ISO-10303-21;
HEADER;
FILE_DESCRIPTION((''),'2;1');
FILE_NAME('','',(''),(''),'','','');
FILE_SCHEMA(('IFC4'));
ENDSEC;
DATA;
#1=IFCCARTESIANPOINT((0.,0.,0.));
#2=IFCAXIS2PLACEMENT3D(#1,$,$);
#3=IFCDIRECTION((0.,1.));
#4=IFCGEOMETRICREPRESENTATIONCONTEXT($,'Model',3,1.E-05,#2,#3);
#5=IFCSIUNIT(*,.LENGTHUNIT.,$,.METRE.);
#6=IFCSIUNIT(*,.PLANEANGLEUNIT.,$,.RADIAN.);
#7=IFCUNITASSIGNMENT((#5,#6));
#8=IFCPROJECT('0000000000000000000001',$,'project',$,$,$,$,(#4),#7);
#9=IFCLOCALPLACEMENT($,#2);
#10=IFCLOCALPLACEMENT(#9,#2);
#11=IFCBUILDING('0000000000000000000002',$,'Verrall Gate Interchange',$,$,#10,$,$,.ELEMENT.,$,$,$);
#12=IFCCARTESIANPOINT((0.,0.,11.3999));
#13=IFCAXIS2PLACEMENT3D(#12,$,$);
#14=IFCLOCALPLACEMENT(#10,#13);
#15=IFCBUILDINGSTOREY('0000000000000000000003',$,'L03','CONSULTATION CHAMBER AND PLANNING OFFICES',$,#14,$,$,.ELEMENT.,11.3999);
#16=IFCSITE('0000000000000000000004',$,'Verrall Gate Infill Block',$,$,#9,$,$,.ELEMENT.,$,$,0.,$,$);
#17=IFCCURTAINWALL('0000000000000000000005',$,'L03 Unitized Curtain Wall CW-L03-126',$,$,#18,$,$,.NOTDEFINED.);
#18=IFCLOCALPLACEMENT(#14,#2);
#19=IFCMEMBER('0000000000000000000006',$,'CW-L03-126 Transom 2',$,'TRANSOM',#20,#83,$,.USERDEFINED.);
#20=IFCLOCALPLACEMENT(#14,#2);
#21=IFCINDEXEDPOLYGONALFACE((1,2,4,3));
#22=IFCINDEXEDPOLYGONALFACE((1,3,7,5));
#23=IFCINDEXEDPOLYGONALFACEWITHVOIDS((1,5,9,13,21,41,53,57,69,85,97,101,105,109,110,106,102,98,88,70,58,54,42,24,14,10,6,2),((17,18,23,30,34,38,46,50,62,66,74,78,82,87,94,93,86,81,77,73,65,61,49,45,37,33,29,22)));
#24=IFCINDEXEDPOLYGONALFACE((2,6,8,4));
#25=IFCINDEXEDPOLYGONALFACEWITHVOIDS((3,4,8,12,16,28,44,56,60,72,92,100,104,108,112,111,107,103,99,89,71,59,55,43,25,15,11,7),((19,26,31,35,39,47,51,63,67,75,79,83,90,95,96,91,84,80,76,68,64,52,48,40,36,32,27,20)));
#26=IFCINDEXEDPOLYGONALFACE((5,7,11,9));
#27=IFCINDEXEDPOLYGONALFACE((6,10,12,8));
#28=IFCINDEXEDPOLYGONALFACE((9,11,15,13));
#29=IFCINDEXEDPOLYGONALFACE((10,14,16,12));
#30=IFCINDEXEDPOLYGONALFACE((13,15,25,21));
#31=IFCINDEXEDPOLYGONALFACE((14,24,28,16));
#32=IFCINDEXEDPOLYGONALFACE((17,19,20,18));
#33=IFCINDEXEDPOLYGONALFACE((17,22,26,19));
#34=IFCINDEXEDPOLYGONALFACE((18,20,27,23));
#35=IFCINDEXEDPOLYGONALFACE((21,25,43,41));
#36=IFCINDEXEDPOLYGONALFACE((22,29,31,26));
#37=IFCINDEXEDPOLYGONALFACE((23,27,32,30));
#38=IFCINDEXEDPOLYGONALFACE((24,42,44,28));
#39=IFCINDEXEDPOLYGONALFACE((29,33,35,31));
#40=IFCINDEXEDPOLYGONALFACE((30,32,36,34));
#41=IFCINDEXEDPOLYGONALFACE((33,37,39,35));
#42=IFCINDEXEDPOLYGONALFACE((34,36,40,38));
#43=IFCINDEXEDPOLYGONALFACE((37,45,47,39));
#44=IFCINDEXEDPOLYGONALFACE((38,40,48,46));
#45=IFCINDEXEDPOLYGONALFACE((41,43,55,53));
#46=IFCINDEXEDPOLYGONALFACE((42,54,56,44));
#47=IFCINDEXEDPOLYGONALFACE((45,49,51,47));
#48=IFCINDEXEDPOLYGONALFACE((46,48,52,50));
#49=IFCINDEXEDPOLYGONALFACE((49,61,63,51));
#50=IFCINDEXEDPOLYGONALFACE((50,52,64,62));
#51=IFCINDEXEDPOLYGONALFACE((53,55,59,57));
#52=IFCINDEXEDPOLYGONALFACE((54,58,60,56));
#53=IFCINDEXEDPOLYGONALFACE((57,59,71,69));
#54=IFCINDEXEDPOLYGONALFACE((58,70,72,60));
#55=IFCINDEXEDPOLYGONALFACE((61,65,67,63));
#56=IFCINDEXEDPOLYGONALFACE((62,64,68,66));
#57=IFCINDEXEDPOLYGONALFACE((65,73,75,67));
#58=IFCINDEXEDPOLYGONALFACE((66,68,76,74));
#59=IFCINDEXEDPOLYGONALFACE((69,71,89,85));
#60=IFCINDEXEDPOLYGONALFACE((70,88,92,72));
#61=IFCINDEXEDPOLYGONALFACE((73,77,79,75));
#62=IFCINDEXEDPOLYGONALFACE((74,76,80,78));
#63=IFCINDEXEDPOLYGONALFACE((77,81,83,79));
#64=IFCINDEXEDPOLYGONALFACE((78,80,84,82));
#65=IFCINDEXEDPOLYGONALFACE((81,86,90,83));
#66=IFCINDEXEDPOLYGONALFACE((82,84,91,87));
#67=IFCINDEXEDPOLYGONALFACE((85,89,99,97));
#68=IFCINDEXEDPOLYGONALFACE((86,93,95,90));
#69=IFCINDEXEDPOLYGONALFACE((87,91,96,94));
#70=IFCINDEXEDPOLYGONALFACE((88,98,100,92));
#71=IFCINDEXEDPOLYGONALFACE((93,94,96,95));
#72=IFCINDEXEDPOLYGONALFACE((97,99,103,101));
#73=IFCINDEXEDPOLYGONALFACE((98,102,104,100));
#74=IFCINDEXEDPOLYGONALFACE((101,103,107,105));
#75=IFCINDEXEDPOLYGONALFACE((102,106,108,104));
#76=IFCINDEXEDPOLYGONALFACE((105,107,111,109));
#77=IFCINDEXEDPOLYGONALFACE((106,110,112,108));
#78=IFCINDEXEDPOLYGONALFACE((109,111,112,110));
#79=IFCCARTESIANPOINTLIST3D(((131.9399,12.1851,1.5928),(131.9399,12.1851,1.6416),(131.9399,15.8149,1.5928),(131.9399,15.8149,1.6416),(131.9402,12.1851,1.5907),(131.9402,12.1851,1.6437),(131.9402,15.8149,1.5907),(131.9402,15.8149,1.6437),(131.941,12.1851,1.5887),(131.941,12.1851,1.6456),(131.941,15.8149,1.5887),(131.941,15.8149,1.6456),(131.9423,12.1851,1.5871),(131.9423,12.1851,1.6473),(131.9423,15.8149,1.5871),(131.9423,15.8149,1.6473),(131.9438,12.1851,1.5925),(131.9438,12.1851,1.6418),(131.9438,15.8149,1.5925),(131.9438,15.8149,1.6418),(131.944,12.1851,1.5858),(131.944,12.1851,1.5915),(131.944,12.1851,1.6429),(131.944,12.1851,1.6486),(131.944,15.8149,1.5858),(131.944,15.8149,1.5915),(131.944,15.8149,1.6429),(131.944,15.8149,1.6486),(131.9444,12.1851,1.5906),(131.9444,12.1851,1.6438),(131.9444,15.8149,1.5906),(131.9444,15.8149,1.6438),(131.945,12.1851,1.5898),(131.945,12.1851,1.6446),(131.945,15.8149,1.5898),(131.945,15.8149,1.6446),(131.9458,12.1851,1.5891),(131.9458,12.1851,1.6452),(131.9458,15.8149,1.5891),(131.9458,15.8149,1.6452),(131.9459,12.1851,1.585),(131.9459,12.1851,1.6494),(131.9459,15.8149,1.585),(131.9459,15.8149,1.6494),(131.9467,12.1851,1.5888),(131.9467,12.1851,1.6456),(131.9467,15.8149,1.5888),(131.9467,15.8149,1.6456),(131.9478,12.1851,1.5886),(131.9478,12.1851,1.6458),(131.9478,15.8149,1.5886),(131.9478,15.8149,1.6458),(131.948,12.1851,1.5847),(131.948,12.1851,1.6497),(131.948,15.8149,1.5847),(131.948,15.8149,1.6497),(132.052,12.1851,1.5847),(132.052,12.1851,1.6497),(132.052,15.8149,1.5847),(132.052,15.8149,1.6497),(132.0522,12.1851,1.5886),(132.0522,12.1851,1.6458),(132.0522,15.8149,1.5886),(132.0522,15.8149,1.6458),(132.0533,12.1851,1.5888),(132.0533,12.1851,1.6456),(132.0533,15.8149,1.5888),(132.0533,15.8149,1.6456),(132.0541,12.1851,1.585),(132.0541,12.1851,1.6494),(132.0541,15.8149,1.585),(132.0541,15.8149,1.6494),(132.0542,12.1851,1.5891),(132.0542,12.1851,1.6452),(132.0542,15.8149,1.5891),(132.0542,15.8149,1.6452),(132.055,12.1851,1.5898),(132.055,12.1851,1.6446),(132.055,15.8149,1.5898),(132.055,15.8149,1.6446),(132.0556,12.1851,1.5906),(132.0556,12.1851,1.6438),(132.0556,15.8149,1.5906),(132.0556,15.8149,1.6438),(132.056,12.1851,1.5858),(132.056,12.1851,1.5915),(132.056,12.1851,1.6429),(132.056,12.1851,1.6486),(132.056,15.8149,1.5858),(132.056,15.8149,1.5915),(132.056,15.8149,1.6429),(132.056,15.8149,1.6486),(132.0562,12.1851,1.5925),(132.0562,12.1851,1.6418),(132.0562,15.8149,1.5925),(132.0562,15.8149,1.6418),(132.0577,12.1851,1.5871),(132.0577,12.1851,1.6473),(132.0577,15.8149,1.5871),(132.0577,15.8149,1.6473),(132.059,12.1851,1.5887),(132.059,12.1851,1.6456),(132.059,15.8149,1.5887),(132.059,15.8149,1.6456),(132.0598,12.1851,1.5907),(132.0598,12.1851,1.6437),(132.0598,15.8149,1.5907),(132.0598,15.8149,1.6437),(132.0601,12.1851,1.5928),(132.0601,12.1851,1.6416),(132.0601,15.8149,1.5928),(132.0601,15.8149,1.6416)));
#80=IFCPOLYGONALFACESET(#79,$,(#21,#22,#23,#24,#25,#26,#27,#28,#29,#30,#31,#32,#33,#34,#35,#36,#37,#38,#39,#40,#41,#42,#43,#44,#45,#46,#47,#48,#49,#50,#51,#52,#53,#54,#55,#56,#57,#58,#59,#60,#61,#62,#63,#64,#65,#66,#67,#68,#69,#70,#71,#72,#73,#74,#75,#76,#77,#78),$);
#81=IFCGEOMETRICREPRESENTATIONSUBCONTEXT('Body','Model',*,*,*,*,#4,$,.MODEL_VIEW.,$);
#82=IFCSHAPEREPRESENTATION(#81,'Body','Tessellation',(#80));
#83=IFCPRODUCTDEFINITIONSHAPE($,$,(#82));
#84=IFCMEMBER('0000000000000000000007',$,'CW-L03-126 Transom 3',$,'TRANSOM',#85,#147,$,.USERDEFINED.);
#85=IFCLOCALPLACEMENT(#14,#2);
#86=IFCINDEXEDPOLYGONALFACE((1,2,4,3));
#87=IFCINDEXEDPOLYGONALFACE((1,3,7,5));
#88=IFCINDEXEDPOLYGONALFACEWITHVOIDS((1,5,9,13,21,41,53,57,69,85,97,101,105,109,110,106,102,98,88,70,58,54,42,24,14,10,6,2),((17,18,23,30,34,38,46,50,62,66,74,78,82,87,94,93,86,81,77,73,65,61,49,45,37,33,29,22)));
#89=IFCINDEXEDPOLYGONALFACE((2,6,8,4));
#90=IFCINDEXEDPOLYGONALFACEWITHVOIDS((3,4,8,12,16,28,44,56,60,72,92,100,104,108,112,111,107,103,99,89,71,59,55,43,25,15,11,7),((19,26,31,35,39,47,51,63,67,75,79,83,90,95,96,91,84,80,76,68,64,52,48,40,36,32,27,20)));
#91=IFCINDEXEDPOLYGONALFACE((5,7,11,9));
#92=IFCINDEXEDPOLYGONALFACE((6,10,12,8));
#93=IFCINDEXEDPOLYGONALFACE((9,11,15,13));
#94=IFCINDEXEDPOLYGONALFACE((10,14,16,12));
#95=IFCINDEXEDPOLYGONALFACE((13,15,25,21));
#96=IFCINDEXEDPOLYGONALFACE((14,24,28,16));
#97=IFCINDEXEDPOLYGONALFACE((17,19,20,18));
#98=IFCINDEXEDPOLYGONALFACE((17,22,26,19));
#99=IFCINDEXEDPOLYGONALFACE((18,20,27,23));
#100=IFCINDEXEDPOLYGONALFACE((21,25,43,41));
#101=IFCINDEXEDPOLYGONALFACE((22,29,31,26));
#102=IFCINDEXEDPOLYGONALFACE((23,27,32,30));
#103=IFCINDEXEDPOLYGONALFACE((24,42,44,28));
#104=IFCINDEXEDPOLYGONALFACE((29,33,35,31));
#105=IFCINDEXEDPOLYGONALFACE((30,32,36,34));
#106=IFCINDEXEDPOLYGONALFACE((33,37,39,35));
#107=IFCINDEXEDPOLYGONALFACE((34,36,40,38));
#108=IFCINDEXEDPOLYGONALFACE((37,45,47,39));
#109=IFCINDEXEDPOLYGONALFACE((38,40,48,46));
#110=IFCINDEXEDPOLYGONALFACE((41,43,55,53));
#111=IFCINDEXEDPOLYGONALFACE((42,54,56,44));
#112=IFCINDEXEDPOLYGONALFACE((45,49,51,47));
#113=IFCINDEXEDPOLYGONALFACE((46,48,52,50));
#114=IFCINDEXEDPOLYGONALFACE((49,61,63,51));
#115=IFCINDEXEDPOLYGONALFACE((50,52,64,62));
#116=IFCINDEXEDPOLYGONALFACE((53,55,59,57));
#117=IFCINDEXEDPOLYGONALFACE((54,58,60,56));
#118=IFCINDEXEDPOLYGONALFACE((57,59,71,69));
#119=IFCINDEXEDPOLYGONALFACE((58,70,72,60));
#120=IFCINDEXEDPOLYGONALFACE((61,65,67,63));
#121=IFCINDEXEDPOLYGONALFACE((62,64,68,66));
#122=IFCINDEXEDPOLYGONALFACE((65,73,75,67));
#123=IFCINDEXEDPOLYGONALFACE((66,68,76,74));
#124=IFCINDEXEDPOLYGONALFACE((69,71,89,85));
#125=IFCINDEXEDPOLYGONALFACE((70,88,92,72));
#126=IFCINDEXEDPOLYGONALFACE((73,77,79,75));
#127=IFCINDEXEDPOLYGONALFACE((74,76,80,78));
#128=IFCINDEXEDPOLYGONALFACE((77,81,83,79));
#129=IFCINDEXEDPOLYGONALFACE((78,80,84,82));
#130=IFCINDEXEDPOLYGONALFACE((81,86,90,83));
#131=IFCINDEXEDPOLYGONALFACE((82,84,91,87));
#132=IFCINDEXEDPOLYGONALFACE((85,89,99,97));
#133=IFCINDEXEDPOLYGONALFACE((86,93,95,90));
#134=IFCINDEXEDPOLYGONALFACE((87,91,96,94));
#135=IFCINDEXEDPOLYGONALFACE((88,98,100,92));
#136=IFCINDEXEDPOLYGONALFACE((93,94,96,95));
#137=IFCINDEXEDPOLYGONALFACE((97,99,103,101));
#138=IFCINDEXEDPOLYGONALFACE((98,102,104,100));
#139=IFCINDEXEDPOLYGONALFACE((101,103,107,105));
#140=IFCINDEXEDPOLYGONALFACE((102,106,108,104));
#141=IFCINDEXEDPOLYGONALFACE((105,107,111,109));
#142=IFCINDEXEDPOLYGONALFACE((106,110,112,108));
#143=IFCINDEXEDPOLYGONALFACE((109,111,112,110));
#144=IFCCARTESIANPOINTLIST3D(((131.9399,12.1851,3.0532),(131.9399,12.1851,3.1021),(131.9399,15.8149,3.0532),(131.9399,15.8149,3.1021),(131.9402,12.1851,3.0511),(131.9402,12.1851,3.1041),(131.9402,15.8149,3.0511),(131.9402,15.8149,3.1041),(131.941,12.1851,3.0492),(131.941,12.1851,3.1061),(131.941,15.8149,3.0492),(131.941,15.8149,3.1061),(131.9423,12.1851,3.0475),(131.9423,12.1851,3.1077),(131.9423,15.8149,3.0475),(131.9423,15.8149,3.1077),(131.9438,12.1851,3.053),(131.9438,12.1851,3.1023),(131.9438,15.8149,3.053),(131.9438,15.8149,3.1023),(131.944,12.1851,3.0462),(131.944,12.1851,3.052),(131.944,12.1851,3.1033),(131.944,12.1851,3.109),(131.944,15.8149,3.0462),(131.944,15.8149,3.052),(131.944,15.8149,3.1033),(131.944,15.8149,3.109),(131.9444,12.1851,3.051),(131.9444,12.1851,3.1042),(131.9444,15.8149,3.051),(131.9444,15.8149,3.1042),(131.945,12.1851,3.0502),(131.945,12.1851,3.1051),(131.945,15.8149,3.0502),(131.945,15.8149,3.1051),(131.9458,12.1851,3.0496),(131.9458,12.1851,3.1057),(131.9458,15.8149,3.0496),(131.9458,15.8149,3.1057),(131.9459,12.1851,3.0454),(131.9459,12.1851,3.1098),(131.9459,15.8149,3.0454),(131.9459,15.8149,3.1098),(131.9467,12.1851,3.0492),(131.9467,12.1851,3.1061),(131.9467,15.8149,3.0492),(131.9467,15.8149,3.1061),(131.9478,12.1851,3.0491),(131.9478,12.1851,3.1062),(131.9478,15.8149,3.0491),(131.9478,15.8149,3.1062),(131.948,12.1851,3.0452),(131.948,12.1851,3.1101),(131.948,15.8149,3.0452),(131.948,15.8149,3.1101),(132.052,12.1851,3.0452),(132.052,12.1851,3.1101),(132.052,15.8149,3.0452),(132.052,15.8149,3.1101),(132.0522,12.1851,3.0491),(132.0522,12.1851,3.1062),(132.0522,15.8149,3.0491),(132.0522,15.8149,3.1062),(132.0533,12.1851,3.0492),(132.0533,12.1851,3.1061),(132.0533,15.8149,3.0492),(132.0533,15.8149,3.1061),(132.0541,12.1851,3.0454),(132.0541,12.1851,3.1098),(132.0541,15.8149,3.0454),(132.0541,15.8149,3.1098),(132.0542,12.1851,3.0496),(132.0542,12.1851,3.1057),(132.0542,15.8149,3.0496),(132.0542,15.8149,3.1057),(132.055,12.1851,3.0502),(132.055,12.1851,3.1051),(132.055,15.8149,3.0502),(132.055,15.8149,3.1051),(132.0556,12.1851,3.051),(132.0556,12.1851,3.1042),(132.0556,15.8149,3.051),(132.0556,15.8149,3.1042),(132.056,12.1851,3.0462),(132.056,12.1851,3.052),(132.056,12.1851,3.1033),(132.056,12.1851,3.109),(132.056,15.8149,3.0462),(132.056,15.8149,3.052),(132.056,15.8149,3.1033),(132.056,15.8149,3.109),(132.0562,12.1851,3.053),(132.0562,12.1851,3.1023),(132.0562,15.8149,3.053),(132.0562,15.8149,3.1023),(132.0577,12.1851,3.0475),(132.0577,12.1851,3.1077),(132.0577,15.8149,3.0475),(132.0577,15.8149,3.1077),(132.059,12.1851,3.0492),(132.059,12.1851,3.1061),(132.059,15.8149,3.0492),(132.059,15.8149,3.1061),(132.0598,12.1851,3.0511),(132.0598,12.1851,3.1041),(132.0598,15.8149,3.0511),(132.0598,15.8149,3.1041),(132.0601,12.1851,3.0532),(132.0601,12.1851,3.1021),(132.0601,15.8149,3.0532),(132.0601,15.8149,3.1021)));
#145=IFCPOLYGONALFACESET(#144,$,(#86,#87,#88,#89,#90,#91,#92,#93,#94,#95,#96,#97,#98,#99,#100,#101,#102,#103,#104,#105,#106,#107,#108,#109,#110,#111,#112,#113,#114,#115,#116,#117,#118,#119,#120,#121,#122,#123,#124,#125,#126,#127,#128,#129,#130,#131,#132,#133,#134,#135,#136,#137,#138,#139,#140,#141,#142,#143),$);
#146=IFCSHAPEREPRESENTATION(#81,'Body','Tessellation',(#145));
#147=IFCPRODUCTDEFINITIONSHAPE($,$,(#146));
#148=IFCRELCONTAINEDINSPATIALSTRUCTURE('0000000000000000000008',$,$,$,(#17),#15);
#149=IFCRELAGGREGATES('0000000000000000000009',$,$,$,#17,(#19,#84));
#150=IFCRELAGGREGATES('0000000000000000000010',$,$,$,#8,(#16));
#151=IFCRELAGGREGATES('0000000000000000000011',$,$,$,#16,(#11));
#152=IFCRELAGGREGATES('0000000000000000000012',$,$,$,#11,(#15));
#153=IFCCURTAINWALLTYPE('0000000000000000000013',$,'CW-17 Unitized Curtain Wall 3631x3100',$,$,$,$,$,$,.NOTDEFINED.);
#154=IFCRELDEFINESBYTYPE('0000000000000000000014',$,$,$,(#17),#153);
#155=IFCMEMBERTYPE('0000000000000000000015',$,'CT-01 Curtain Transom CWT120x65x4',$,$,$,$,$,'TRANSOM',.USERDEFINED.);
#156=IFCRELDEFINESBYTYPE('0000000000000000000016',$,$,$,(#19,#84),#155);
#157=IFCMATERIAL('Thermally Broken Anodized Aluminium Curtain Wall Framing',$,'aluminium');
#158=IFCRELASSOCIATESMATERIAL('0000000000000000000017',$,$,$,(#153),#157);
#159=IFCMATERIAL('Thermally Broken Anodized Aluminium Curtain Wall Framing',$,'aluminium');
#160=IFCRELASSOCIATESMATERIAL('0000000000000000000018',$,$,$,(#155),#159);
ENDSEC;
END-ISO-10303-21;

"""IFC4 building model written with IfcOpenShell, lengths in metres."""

from ifc_helpers import new_model, si_unit, direction, frame, origin, origin_2d, place, context, subcontext, project, spatial, hollow_rectangle, extrude, material, material_profile, profile_set, type_object, element, aggregate, save


model = new_model("IFC4")

# Units and contexts
model_context = context("Model", 3, precision=1e-05, world=origin(), true_north=direction((0.0, 1.0)))
body_context = subcontext(model_context, "Body", "Model", "MODEL_VIEW")
ifc_project = project(units=[si_unit("LENGTHUNIT", "METRE"), si_unit("PLANEANGLEUNIT", "RADIAN")], contexts=[model_context])

# Site, building, storey
site_placement = place(None, origin())
site = spatial("IfcSite", under=ifc_project, at=site_placement, Name="Verrall Gate Infill Block", CompositionType="ELEMENT", RefElevation=0.0)
building_placement = place(site_placement, origin())
building = spatial("IfcBuilding", under=site, at=building_placement, Name="Verrall Gate Interchange", CompositionType="ELEMENT")
storey_placement = place(building_placement, frame((0.0, 0.0, 11.3999)))
storey = spatial("IfcBuildingStorey", under=building, at=storey_placement, Name="L03", Description="CONSULTATION CHAMBER AND PLANNING OFFICES", CompositionType="ELEMENT", Elevation=11.3999)

# Curtain wall
ifc_material_1 = material(Name="Thermally Broken Anodized Aluminium Curtain Wall Framing", Category="aluminium")
curtain_wall_type_1 = type_object("IfcCurtainWallType", Name="CW-17 Unitized Curtain Wall 3631x3100", PredefinedType="NOTDEFINED", material=ifc_material_1)
curtain_wall_1_placement = place(storey_placement, origin())
curtain_wall_1 = element("IfcCurtainWall", 1, at=curtain_wall_1_placement, inside=storey, type_object=curtain_wall_type_1, Name="L03 Unitized Curtain Wall CW-L03-126", PredefinedType="NOTDEFINED")

# Members
ifc_material_2 = material(Name="Thermally Broken Anodized Aluminium Curtain Wall Framing", Category="aluminium")
ifc_material_profile_1 = material_profile(ifc_material_2, hollow_rectangle(XDim=0.1201, YDim=0.0649, WallThickness=0.0039, InnerFilletRadius=0.0039, OuterFilletRadius=0.0081, at=origin_2d()), Name="CWT120x65x4")
ifc_profile_set_1 = profile_set([ifc_material_profile_1], Name="Thermally Broken Anodized Aluminium Curtain Wall Framing")
member_type_1 = type_object("IfcMemberType", Name="CT-01 Curtain Transom CWT120x65x4", ElementType="TRANSOM", PredefinedType="USERDEFINED", material=ifc_profile_set_1)
member_1_placement = place(storey_placement, frame((132.0, 15.8149, 1.6172), z_axis=(0.0, -1.0, 0.0), x_axis=(1.0, 0.0, 0.0)))
member_1 = element("IfcMember", 2, at=member_1_placement, type_object=member_type_1, Name="CW-L03-126 Transom 2", ObjectType="TRANSOM", PredefinedType="USERDEFINED", context=body_context, shape_type="SweptSolid", body=[
    extrude(hollow_rectangle(XDim=0.1201, YDim=0.0649, WallThickness=0.0039, InnerFilletRadius=0.0039, OuterFilletRadius=0.0081, at=origin_2d()), origin(), (0.0, 0.0, 1.0), 3.6299),
])
member_2_placement = place(storey_placement, frame((132.0, 15.8149, 3.0776), z_axis=(0.0, -1.0, 0.0), x_axis=(1.0, 0.0, 0.0)))
member_2 = element("IfcMember", 3, at=member_2_placement, type_object=member_type_1, Name="CW-L03-126 Transom 3", ObjectType="TRANSOM", PredefinedType="USERDEFINED", context=body_context, shape_type="SweptSolid", body=[
    extrude(hollow_rectangle(XDim=0.1201, YDim=0.0649, WallThickness=0.0039, InnerFilletRadius=0.0039, OuterFilletRadius=0.0081, at=origin_2d()), origin(), (0.0, 0.0, 1.0), 3.6299),
])
aggregate(curtain_wall_1, [member_1, member_2])

save(model, "model.ifc")
